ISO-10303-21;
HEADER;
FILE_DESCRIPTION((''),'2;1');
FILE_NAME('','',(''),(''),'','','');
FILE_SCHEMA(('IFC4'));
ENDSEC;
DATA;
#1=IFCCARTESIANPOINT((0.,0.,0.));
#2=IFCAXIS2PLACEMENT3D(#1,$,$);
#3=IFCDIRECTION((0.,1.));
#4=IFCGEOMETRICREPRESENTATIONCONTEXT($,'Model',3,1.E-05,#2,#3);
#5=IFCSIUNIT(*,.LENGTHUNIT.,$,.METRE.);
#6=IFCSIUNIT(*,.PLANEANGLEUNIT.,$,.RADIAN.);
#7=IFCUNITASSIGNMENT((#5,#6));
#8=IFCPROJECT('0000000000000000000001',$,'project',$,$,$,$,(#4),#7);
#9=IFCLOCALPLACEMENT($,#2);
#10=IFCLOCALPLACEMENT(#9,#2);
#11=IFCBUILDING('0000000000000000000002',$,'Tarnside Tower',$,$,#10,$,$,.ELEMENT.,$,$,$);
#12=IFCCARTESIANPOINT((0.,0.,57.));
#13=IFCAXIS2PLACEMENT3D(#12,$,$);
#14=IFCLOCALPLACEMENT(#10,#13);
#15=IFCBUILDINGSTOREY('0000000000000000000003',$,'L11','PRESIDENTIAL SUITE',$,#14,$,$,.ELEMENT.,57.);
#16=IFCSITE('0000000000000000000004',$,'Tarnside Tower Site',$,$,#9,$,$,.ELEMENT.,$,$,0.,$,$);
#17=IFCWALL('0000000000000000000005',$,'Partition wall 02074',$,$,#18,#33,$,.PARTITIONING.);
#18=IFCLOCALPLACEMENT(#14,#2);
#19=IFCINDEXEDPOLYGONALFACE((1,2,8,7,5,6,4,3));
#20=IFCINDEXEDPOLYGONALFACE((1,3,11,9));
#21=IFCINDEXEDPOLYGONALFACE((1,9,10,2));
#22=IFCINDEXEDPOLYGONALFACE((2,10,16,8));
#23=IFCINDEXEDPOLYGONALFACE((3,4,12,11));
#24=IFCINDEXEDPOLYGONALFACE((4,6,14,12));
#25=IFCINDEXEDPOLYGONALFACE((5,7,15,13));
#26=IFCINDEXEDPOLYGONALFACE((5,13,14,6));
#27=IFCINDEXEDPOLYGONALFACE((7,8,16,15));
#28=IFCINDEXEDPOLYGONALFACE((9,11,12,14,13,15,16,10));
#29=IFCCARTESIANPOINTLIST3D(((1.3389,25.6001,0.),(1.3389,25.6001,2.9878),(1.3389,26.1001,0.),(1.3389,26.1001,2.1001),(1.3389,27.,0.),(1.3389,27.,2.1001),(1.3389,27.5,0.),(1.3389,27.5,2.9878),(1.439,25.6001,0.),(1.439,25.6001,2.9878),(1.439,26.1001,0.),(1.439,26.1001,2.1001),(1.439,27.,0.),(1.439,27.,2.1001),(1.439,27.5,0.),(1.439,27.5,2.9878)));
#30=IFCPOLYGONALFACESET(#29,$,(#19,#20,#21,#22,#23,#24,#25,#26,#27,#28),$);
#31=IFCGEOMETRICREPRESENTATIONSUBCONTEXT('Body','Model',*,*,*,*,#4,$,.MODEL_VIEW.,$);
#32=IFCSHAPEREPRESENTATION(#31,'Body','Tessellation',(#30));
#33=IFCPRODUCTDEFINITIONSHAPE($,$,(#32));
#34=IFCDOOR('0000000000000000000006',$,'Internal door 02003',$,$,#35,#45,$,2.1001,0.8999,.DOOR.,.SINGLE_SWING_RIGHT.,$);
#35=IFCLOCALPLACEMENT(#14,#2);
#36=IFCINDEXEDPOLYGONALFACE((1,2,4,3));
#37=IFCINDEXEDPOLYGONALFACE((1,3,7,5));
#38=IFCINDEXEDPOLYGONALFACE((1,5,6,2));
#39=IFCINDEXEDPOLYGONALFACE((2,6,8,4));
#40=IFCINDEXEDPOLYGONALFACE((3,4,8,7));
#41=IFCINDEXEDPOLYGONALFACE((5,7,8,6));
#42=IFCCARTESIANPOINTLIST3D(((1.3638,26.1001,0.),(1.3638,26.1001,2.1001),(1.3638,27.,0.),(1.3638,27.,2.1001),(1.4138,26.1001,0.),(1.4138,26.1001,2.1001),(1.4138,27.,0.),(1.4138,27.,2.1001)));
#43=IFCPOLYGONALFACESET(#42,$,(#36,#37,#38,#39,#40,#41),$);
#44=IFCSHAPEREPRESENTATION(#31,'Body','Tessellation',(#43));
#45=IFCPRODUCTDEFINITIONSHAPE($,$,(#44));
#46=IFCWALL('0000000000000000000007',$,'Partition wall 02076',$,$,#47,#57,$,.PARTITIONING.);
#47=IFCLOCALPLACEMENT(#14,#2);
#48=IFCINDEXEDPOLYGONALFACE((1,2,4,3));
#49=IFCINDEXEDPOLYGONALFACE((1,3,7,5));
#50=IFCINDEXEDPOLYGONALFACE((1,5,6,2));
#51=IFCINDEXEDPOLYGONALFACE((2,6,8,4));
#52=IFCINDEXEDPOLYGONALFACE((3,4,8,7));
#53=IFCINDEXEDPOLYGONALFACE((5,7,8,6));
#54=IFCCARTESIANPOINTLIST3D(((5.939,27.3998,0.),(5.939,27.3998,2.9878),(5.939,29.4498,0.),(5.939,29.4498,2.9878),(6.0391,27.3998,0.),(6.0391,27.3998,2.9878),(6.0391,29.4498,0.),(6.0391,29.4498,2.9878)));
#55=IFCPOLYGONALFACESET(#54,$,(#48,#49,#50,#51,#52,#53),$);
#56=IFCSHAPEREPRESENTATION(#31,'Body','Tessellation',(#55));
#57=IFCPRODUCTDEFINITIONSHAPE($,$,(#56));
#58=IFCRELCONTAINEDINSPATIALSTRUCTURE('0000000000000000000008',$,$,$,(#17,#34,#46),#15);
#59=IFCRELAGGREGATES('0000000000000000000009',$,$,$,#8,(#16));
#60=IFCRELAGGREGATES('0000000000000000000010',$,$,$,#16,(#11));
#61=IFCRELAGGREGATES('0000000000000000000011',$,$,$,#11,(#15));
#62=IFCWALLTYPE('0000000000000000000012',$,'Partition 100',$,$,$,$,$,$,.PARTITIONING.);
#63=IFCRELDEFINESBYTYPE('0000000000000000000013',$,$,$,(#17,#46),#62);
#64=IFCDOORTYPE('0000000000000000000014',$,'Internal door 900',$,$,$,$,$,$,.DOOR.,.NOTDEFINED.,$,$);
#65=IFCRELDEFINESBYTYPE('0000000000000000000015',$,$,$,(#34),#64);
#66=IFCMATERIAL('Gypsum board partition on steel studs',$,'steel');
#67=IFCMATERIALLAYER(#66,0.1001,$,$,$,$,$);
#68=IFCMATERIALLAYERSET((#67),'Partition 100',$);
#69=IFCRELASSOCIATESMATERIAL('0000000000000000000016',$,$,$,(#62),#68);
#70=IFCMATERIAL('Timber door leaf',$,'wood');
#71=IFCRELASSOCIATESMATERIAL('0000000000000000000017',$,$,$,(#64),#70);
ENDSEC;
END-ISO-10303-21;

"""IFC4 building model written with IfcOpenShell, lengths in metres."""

from ifc_helpers import new_model, si_unit, direction, frame, frame_2d, origin, place, context, subcontext, project, spatial, rectangle, extrude, material, layer, layer_set, type_object, element, fill, save


model = new_model("IFC4")

# Units and contexts
model_context = context("Model", 3, precision=1e-05, world=origin(), true_north=direction((0.0, 1.0)))
body_context = subcontext(model_context, "Body", "Model", "MODEL_VIEW")
ifc_project = project(units=[si_unit("LENGTHUNIT", "METRE"), si_unit("PLANEANGLEUNIT", "RADIAN")], contexts=[model_context])

# Site, building, storey
site_placement = place(None, origin())
site = spatial("IfcSite", under=ifc_project, at=site_placement, Name="Tarnside Tower Site", CompositionType="ELEMENT", RefElevation=0.0)
building_placement = place(site_placement, origin())
building = spatial("IfcBuilding", under=site, at=building_placement, Name="Tarnside Tower", CompositionType="ELEMENT")
storey_placement = place(building_placement, frame((0.0, 0.0, 57.0)))
storey = spatial("IfcBuildingStorey", under=building, at=storey_placement, Name="L11", Description="PRESIDENTIAL SUITE", CompositionType="ELEMENT", Elevation=57.0)

# Shared definitions
ifc_material_1 = material(Name="Gypsum board partition on steel studs", Category="steel")
ifc_material_2 = material(Name="Timber door leaf", Category="wood")

# Wall, opening, door
ifc_layer_1 = layer(ifc_material_1, 0.1001)
ifc_layer_set_1 = layer_set([ifc_layer_1], Name="Partition 100")
wall_type_1 = type_object("IfcWallType", Name="Partition 100", PredefinedType="PARTITIONING", material=ifc_layer_set_1)
wall_1_placement = place(storey_placement, frame((1.3889, 27.5, 0.0), z_axis=(0.0, 0.0, 1.0), x_axis=(0.0, -1.0, 0.0)))
wall_1 = element("IfcWall", 1, at=wall_1_placement, inside=storey, type_object=wall_type_1, Name="Partition wall 02074", PredefinedType="PARTITIONING", context=body_context, shape_type="SweptSolid", body=[
    extrude(rectangle(XDim=1.8999, YDim=0.1001, at=frame_2d((0.95, 0.0))), origin(), (0.0, 0.0, 1.0), 2.9878),
])
opening_1_placement = place(wall_1_placement, frame((0.5, 0.0, 0.0)))
opening_1 = element("IfcOpeningElement", 2, at=opening_1_placement, cuts=wall_1, PredefinedType="OPENING", context=body_context, shape_type="SweptSolid", body=[
    extrude(rectangle(XDim=0.8999, YDim=2.1001, at=frame_2d((0.45, 1.05))), frame((0.0, 0.0601, 0.0), z_axis=(0.0, -1.0, 0.0), x_axis=(1.0, 0.0, 0.0)), (0.0, 0.0, 1.0), 0.1201),
])
door_type_1 = type_object("IfcDoorType", Name="Internal door 900", OperationType="NOTDEFINED", PredefinedType="DOOR", material=ifc_material_2)
door_1_placement = place(opening_1_placement, origin())
door_1 = element("IfcDoor", 3, at=door_1_placement, inside=storey, type_object=door_type_1, Name="Internal door 02003", OperationType="SINGLE_SWING_RIGHT", OverallHeight=2.1001, OverallWidth=0.8999, PredefinedType="DOOR", context=body_context, shape_type="SweptSolid", body=[
    extrude(rectangle(XDim=0.8999, YDim=2.1001, at=frame_2d((0.45, 1.05))), frame((0.0, 0.0249, 0.0), z_axis=(0.0, -1.0, 0.0), x_axis=(1.0, 0.0, 0.0)), (0.0, 0.0, 1.0), 0.05),
])
fill(opening_1, door_1)

# Wall
wall_2_placement = place(storey_placement, frame((5.989, 27.3999, 0.0), z_axis=(0.0, 0.0, 1.0), x_axis=(0.0, 1.0, 0.0)))
element("IfcWall", 4, at=wall_2_placement, inside=storey, type_object=wall_type_1, Name="Partition wall 02076", PredefinedType="PARTITIONING", context=body_context, shape_type="SweptSolid", body=[
    extrude(rectangle(XDim=2.05, YDim=0.1001, at=frame_2d((1.0249, 0.0))), origin(), (0.0, 0.0, 1.0), 2.9878),
])

save(model, "model.ifc")
